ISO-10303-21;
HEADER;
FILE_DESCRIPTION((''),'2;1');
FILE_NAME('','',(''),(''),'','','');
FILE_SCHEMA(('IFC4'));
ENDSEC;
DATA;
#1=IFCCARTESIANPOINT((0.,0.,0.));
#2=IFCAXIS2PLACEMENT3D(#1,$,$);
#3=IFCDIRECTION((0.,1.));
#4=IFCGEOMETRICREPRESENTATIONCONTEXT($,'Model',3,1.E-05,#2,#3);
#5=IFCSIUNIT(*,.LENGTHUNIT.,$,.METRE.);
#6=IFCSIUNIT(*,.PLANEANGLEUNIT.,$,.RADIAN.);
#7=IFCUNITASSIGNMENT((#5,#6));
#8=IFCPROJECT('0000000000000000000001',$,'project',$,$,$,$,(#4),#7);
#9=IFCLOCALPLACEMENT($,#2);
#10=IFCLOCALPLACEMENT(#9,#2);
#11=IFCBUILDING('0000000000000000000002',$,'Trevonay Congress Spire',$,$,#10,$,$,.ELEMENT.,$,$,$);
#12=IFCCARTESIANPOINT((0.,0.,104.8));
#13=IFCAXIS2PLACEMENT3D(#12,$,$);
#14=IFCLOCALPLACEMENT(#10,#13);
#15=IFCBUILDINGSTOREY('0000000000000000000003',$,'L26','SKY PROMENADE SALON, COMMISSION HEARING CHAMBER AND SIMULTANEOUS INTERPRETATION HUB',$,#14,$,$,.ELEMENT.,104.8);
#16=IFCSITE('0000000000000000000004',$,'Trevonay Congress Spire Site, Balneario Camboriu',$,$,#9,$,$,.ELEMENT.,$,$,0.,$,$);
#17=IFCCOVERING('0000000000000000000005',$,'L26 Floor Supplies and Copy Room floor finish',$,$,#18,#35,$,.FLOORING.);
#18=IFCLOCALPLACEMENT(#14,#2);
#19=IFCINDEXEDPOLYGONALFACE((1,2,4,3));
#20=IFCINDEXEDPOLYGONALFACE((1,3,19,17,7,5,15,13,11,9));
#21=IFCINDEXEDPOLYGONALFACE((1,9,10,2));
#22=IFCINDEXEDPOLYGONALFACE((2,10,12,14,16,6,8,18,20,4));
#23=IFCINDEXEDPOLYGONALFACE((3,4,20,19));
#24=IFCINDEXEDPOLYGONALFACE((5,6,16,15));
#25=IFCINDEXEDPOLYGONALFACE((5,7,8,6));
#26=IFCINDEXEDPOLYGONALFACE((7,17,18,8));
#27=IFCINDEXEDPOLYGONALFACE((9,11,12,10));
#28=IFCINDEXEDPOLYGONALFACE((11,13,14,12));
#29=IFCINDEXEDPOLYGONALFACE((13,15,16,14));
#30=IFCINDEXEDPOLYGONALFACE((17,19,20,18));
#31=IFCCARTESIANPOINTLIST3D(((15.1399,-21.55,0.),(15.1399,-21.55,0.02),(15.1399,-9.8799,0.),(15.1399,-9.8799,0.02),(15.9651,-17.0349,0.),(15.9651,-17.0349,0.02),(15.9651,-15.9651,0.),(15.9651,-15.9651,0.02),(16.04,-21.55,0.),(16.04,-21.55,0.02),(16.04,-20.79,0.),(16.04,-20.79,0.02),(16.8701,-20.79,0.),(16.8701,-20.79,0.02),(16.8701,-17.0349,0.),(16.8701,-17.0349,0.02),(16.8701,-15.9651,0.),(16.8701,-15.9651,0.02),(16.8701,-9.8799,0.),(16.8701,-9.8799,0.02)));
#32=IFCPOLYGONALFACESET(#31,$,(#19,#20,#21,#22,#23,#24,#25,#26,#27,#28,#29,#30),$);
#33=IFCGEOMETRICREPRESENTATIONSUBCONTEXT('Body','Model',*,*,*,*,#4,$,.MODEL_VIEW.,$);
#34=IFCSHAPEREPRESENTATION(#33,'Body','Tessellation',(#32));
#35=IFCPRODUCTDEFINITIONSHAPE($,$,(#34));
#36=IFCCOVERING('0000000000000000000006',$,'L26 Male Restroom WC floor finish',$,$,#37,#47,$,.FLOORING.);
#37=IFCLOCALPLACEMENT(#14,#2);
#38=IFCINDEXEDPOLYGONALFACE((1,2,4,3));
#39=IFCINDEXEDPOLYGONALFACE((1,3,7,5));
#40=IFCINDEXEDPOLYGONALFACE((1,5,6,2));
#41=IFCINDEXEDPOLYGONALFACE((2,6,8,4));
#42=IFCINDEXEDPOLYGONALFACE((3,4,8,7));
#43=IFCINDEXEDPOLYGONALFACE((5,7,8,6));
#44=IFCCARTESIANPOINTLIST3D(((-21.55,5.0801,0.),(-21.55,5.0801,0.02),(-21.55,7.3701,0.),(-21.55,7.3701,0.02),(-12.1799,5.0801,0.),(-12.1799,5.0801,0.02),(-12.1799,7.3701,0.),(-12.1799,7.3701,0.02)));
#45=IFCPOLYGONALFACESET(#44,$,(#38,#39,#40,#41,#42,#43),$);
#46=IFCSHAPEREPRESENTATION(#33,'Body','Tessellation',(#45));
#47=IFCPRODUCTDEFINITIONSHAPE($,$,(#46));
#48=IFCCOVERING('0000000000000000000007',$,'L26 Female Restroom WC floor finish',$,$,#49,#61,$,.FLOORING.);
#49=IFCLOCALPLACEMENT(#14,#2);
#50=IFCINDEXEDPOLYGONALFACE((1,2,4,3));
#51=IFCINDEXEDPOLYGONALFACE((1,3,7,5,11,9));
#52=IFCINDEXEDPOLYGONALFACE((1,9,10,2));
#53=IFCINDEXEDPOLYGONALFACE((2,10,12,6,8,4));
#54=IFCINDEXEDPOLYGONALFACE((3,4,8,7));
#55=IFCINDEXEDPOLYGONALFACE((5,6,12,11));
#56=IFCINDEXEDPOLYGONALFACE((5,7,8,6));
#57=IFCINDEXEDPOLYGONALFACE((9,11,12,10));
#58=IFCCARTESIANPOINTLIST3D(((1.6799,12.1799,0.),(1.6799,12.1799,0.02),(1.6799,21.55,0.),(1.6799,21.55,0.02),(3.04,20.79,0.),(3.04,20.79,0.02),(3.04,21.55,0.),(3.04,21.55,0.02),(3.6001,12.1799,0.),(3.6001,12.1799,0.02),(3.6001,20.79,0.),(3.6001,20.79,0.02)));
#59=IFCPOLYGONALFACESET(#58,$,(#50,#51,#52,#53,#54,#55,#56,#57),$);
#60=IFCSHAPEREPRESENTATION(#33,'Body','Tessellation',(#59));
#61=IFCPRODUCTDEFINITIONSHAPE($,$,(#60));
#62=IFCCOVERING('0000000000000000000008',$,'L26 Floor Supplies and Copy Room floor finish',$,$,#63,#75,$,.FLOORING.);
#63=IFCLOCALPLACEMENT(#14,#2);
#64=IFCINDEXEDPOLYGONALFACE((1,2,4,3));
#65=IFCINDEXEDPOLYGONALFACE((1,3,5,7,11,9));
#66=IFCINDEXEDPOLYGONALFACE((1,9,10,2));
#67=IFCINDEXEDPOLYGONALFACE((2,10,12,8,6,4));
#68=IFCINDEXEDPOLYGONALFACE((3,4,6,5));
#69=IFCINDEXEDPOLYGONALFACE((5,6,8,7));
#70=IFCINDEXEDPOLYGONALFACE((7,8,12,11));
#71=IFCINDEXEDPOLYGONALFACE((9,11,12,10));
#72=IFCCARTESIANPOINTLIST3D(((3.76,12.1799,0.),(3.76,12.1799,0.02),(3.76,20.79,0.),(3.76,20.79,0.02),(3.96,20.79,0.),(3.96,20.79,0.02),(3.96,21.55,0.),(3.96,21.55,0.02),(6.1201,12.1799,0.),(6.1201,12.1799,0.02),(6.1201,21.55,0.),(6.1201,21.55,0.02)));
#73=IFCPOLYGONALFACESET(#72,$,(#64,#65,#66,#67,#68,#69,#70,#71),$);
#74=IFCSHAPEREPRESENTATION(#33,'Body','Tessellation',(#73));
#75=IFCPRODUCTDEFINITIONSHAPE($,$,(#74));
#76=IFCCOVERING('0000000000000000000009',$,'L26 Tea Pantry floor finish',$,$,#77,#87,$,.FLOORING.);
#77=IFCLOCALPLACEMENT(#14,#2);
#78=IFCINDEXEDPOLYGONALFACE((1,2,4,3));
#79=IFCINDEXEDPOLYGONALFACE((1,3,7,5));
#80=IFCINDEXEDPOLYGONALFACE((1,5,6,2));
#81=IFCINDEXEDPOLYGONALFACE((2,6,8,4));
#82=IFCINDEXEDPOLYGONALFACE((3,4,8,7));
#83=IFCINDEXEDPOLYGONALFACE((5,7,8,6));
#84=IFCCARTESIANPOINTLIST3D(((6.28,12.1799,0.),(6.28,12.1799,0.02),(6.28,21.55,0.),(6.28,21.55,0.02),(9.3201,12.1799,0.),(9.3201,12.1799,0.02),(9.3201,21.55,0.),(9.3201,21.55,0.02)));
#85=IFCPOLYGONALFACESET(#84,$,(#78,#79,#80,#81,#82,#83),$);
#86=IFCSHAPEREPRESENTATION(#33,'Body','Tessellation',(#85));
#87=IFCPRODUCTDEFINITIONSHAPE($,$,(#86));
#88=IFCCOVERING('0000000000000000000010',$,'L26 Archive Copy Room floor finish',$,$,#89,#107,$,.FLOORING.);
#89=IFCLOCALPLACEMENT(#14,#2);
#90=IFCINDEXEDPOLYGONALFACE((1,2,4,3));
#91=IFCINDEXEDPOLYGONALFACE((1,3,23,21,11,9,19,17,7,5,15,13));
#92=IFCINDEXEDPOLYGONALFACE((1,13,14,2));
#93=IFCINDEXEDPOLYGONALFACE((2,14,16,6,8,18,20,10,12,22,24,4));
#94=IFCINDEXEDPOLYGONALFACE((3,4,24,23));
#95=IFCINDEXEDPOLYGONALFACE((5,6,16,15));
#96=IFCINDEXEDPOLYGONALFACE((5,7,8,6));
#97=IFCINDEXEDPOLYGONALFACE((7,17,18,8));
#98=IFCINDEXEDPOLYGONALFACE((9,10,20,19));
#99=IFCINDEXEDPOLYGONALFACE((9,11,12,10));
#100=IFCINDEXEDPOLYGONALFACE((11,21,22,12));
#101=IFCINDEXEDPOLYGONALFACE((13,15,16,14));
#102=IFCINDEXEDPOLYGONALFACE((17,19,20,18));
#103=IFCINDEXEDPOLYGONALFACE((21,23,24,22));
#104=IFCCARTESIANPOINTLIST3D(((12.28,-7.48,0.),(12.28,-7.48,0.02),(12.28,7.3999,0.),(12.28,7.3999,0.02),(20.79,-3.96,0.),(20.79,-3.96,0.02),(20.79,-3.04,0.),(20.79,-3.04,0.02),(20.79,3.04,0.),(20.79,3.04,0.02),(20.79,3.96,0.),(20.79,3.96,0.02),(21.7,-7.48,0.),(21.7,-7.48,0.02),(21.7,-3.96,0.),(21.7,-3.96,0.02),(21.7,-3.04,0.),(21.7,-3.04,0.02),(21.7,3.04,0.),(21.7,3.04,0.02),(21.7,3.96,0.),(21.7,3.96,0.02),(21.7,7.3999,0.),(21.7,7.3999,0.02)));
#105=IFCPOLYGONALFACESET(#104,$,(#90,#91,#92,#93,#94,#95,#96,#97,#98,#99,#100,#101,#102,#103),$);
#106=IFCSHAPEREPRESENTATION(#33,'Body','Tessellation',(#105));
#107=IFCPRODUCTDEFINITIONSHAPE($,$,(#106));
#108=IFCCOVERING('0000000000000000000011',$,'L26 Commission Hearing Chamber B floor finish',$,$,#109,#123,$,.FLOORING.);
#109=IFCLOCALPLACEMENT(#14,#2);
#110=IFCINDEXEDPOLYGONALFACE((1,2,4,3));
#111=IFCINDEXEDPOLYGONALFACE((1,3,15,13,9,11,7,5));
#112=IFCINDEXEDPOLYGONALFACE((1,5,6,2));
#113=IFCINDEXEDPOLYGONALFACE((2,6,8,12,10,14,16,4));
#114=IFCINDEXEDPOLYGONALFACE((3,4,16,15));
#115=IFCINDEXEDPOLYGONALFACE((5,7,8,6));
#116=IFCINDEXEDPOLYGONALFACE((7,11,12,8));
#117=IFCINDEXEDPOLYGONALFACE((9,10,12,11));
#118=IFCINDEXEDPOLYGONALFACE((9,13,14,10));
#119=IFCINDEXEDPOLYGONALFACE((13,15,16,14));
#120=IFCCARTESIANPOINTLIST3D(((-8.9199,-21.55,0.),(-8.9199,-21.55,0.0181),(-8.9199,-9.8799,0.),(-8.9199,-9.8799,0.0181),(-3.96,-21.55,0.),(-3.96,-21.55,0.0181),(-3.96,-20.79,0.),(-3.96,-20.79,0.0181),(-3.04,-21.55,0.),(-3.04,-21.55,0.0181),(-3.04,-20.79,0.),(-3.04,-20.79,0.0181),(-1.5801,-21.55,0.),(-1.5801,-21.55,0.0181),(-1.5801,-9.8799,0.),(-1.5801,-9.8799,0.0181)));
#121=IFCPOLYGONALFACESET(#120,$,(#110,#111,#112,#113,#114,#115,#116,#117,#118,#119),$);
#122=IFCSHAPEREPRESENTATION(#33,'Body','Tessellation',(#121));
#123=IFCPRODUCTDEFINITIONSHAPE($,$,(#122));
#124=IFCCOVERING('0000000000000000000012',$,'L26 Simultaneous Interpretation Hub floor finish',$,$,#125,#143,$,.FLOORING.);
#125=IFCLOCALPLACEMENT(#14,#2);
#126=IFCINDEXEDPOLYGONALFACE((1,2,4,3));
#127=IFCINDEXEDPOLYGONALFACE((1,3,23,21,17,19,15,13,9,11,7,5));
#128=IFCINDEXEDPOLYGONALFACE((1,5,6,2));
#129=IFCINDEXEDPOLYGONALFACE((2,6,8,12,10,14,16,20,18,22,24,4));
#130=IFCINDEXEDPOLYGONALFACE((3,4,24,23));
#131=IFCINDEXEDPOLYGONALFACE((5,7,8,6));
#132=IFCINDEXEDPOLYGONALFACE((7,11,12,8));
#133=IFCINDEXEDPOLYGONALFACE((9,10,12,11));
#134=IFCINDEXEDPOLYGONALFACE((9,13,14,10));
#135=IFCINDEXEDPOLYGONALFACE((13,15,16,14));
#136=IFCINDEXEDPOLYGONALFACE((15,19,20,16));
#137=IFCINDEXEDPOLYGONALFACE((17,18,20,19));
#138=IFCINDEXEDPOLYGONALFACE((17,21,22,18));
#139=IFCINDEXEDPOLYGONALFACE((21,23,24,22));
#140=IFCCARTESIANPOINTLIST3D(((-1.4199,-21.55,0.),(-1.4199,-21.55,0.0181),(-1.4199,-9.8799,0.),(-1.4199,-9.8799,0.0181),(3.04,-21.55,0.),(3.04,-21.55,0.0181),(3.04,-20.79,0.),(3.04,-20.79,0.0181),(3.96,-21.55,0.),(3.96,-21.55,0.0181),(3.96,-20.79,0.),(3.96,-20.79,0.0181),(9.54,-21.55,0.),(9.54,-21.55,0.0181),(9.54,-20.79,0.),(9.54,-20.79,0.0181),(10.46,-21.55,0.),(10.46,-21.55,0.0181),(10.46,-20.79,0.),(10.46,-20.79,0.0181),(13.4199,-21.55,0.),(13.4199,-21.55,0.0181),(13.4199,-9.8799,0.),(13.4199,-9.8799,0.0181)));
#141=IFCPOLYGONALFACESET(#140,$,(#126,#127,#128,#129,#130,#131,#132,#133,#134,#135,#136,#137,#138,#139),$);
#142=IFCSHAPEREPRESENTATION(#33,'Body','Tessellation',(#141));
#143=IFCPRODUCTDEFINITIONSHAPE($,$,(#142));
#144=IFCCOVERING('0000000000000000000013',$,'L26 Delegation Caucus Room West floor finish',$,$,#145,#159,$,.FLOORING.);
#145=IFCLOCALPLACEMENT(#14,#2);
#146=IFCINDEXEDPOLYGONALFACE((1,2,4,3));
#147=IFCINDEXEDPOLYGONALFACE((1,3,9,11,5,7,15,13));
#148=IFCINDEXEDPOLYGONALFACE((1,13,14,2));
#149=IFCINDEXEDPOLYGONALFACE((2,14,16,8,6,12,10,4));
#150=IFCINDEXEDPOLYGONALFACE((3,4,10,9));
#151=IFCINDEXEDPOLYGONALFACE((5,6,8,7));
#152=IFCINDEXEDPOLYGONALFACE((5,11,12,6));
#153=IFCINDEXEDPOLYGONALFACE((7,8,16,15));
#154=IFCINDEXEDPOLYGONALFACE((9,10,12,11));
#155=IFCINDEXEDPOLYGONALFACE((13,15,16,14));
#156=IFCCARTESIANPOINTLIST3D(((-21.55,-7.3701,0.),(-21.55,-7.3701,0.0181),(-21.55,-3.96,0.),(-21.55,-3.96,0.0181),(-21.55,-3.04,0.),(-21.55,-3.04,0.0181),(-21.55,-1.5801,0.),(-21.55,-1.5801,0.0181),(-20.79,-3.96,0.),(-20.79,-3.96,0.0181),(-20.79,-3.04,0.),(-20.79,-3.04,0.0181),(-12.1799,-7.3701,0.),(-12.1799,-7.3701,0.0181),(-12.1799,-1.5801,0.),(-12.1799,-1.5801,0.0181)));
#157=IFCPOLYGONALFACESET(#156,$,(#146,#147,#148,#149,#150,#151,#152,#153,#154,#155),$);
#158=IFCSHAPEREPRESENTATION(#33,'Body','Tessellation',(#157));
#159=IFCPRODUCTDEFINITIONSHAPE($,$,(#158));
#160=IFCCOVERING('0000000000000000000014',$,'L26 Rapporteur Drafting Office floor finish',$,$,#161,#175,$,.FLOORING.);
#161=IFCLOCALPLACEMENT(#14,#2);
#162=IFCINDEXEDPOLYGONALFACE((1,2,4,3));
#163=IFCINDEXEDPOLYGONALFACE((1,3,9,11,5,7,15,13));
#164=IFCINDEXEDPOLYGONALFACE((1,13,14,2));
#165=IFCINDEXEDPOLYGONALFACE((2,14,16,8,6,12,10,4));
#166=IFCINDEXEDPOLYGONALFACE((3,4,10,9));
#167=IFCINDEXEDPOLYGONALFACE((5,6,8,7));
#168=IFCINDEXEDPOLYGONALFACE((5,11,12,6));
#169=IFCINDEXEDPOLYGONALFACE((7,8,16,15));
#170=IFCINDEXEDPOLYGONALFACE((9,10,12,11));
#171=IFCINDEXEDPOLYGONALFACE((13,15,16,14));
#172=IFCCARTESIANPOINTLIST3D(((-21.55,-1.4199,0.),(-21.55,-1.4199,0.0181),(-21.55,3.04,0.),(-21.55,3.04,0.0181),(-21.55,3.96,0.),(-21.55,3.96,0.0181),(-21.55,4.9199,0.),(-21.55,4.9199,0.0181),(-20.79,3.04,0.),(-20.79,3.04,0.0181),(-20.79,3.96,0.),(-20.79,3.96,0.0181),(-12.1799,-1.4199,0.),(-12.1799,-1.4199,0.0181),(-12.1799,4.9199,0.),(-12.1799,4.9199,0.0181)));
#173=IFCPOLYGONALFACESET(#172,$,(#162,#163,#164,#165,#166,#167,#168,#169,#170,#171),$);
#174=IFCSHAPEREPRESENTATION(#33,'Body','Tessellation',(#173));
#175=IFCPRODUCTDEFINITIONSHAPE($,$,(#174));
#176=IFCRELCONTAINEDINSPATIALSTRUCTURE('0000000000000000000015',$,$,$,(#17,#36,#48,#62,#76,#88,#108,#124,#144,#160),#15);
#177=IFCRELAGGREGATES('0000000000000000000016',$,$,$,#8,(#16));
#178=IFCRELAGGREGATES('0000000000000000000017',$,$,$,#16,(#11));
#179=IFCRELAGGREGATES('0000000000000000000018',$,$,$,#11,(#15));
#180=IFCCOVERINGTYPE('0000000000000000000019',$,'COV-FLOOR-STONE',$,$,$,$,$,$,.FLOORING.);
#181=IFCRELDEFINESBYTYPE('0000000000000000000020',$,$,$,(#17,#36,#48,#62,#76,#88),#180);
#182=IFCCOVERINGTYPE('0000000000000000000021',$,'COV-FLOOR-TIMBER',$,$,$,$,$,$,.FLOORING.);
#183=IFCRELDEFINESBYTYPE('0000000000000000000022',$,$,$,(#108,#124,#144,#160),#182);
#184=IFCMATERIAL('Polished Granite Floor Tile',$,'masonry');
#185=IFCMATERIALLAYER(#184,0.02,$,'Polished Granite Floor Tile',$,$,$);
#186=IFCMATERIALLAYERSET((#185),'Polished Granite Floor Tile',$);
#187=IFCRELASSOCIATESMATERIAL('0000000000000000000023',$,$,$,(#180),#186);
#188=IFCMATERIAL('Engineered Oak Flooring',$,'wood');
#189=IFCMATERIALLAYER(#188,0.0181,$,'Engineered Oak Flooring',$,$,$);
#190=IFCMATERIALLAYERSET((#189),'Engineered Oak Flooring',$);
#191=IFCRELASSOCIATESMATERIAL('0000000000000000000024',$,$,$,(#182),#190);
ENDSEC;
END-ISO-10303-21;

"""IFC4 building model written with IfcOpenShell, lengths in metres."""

from ifc_helpers import new_model, si_unit, direction, frame, origin, place, context, subcontext, project, spatial, polyline, outline, extrude, material, layer, layer_set, type_object, element, save


model = new_model("IFC4")

# Units and contexts
model_context = context("Model", 3, precision=1e-05, world=origin(), true_north=direction((0.0, 1.0)))
body_context = subcontext(model_context, "Body", "Model", "MODEL_VIEW")
ifc_project = project(units=[si_unit("LENGTHUNIT", "METRE"), si_unit("PLANEANGLEUNIT", "RADIAN")], contexts=[model_context])

# Site, building, storey
site_placement = place(None, origin())
site = spatial("IfcSite", under=ifc_project, at=site_placement, Name="Trevonay Congress Spire Site, Balneario Camboriu", CompositionType="ELEMENT", RefElevation=0.0)
building_placement = place(site_placement, origin())
building = spatial("IfcBuilding", under=site, at=building_placement, Name="Trevonay Congress Spire", CompositionType="ELEMENT")
storey_placement = place(building_placement, frame((0.0, 0.0, 104.8)))
storey = spatial("IfcBuildingStorey", under=building, at=storey_placement, Name="L26", Description="SKY PROMENADE SALON, COMMISSION HEARING CHAMBER AND SIMULTANEOUS INTERPRETATION HUB", CompositionType="ELEMENT", Elevation=104.8)

# Coverings
ifc_material_1 = material(Name="Polished Granite Floor Tile", Category="masonry")
ifc_layer_1 = layer(ifc_material_1, 0.02, Name="Polished Granite Floor Tile")
ifc_layer_set_1 = layer_set([ifc_layer_1], Name="Polished Granite Floor Tile")
covering_type_1 = type_object("IfcCoveringType", Name="COV-FLOOR-STONE", PredefinedType="FLOORING", material=ifc_layer_set_1)
covering_1_placement = place(storey_placement, origin())
element("IfcCovering", 1, at=covering_1_placement, inside=storey, type_object=covering_type_1, Name="L26 Floor Supplies and Copy Room floor finish", PredefinedType="FLOORING", context=body_context, shape_type="SweptSolid", body=[
    extrude(outline(polyline([(15.1399, -21.55), (15.1399, -9.8799), (16.8701, -9.8799), (16.8701, -15.9651), (15.9651, -15.9651), (15.9651, -17.0349), (16.8701, -17.0349), (16.8701, -20.79), (16.04, -20.79), (16.04, -21.55), (15.1399, -21.55)])), origin(), (0.0, 0.0, 1.0), 0.02),
])
covering_2_placement = place(storey_placement, origin())
element("IfcCovering", 2, at=covering_2_placement, inside=storey, type_object=covering_type_1, Name="L26 Male Restroom WC floor finish", PredefinedType="FLOORING", context=body_context, shape_type="SweptSolid", body=[
    extrude(outline(polyline([(-21.55, 5.0801), (-12.1799, 5.0801), (-12.1799, 7.3701), (-21.55, 7.3701), (-21.55, 5.0801)])), origin(), (0.0, 0.0, 1.0), 0.02),
])
covering_3_placement = place(storey_placement, origin())
element("IfcCovering", 3, at=covering_3_placement, inside=storey, type_object=covering_type_1, Name="L26 Female Restroom WC floor finish", PredefinedType="FLOORING", context=body_context, shape_type="SweptSolid", body=[
    extrude(outline(polyline([(3.6001, 12.1799), (1.6799, 12.1799), (1.6799, 21.55), (3.04, 21.55), (3.04, 20.79), (3.6001, 20.79), (3.6001, 12.1799)])), origin(), (0.0, 0.0, 1.0), 0.02),
])
covering_4_placement = place(storey_placement, origin())
element("IfcCovering", 4, at=covering_4_placement, inside=storey, type_object=covering_type_1, Name="L26 Floor Supplies and Copy Room floor finish", PredefinedType="FLOORING", context=body_context, shape_type="SweptSolid", body=[
    extrude(outline(polyline([(6.1201, 21.55), (6.1201, 12.1799), (3.76, 12.1799), (3.76, 20.79), (3.96, 20.79), (3.96, 21.55), (6.1201, 21.55)])), origin(), (0.0, 0.0, 1.0), 0.02),
])
covering_5_placement = place(storey_placement, origin())
element("IfcCovering", 5, at=covering_5_placement, inside=storey, type_object=covering_type_1, Name="L26 Tea Pantry floor finish", PredefinedType="FLOORING", context=body_context, shape_type="SweptSolid", body=[
    extrude(outline(polyline([(6.28, 12.1799), (9.3201, 12.1799), (9.3201, 21.55), (6.28, 21.55), (6.28, 12.1799)])), origin(), (0.0, 0.0, 1.0), 0.02),
])
covering_6_placement = place(storey_placement, origin())
element("IfcCovering", 6, at=covering_6_placement, inside=storey, type_object=covering_type_1, Name="L26 Archive Copy Room floor finish", PredefinedType="FLOORING", context=body_context, shape_type="SweptSolid", body=[
    extrude(outline(polyline([(21.7, -7.48), (12.28, -7.48), (12.28, 7.3999), (21.7, 7.3999), (21.7, 3.96), (20.79, 3.96), (20.79, 3.04), (21.7, 3.04), (21.7, -3.04), (20.79, -3.04), (20.79, -3.96), (21.7, -3.96), (21.7, -7.48)])), origin(), (0.0, 0.0, 1.0), 0.02),
])
ifc_material_2 = material(Name="Engineered Oak Flooring", Category="wood")
ifc_layer_2 = layer(ifc_material_2, 0.0181, Name="Engineered Oak Flooring")
ifc_layer_set_2 = layer_set([ifc_layer_2], Name="Engineered Oak Flooring")
covering_type_2 = type_object("IfcCoveringType", Name="COV-FLOOR-TIMBER", PredefinedType="FLOORING", material=ifc_layer_set_2)
covering_7_placement = place(storey_placement, origin())
element("IfcCovering", 7, at=covering_7_placement, inside=storey, type_object=covering_type_2, Name="L26 Commission Hearing Chamber B floor finish", PredefinedType="FLOORING", context=body_context, shape_type="SweptSolid", body=[
    extrude(outline(polyline([(-8.9199, -21.55), (-8.9199, -9.8799), (-1.5801, -9.8799), (-1.5801, -21.55), (-3.04, -21.55), (-3.04, -20.79), (-3.96, -20.79), (-3.96, -21.55), (-8.9199, -21.55)])), origin(), (0.0, 0.0, 1.0), 0.0181),
])
covering_8_placement = place(storey_placement, origin())
element("IfcCovering", 8, at=covering_8_placement, inside=storey, type_object=covering_type_2, Name="L26 Simultaneous Interpretation Hub floor finish", PredefinedType="FLOORING", context=body_context, shape_type="SweptSolid", body=[
    extrude(outline(polyline([(-1.4199, -21.55), (-1.4199, -9.8799), (13.4199, -9.8799), (13.4199, -21.55), (10.46, -21.55), (10.46, -20.79), (9.54, -20.79), (9.54, -21.55), (3.96, -21.55), (3.96, -20.79), (3.04, -20.79), (3.04, -21.55), (-1.4199, -21.55)])), origin(), (0.0, 0.0, 1.0), 0.0181),
])
covering_9_placement = place(storey_placement, origin())
element("IfcCovering", 9, at=covering_9_placement, inside=storey, type_object=covering_type_2, Name="L26 Delegation Caucus Room West floor finish", PredefinedType="FLOORING", context=body_context, shape_type="SweptSolid", body=[
    extrude(outline(polyline([(-21.55, -1.5801), (-12.1799, -1.5801), (-12.1799, -7.3701), (-21.55, -7.3701), (-21.55, -3.96), (-20.79, -3.96), (-20.79, -3.04), (-21.55, -3.04), (-21.55, -1.5801)])), origin(), (0.0, 0.0, 1.0), 0.0181),
])
covering_10_placement = place(storey_placement, origin())
element("IfcCovering", 10, at=covering_10_placement, inside=storey, type_object=covering_type_2, Name="L26 Rapporteur Drafting Office floor finish", PredefinedType="FLOORING", context=body_context, shape_type="SweptSolid", body=[
    extrude(outline(polyline([(-21.55, 4.9199), (-12.1799, 4.9199), (-12.1799, -1.4199), (-21.55, -1.4199), (-21.55, 3.04), (-20.79, 3.04), (-20.79, 3.96), (-21.55, 3.96), (-21.55, 4.9199)])), origin(), (0.0, 0.0, 1.0), 0.0181),
])

save(model, "model.ifc")
